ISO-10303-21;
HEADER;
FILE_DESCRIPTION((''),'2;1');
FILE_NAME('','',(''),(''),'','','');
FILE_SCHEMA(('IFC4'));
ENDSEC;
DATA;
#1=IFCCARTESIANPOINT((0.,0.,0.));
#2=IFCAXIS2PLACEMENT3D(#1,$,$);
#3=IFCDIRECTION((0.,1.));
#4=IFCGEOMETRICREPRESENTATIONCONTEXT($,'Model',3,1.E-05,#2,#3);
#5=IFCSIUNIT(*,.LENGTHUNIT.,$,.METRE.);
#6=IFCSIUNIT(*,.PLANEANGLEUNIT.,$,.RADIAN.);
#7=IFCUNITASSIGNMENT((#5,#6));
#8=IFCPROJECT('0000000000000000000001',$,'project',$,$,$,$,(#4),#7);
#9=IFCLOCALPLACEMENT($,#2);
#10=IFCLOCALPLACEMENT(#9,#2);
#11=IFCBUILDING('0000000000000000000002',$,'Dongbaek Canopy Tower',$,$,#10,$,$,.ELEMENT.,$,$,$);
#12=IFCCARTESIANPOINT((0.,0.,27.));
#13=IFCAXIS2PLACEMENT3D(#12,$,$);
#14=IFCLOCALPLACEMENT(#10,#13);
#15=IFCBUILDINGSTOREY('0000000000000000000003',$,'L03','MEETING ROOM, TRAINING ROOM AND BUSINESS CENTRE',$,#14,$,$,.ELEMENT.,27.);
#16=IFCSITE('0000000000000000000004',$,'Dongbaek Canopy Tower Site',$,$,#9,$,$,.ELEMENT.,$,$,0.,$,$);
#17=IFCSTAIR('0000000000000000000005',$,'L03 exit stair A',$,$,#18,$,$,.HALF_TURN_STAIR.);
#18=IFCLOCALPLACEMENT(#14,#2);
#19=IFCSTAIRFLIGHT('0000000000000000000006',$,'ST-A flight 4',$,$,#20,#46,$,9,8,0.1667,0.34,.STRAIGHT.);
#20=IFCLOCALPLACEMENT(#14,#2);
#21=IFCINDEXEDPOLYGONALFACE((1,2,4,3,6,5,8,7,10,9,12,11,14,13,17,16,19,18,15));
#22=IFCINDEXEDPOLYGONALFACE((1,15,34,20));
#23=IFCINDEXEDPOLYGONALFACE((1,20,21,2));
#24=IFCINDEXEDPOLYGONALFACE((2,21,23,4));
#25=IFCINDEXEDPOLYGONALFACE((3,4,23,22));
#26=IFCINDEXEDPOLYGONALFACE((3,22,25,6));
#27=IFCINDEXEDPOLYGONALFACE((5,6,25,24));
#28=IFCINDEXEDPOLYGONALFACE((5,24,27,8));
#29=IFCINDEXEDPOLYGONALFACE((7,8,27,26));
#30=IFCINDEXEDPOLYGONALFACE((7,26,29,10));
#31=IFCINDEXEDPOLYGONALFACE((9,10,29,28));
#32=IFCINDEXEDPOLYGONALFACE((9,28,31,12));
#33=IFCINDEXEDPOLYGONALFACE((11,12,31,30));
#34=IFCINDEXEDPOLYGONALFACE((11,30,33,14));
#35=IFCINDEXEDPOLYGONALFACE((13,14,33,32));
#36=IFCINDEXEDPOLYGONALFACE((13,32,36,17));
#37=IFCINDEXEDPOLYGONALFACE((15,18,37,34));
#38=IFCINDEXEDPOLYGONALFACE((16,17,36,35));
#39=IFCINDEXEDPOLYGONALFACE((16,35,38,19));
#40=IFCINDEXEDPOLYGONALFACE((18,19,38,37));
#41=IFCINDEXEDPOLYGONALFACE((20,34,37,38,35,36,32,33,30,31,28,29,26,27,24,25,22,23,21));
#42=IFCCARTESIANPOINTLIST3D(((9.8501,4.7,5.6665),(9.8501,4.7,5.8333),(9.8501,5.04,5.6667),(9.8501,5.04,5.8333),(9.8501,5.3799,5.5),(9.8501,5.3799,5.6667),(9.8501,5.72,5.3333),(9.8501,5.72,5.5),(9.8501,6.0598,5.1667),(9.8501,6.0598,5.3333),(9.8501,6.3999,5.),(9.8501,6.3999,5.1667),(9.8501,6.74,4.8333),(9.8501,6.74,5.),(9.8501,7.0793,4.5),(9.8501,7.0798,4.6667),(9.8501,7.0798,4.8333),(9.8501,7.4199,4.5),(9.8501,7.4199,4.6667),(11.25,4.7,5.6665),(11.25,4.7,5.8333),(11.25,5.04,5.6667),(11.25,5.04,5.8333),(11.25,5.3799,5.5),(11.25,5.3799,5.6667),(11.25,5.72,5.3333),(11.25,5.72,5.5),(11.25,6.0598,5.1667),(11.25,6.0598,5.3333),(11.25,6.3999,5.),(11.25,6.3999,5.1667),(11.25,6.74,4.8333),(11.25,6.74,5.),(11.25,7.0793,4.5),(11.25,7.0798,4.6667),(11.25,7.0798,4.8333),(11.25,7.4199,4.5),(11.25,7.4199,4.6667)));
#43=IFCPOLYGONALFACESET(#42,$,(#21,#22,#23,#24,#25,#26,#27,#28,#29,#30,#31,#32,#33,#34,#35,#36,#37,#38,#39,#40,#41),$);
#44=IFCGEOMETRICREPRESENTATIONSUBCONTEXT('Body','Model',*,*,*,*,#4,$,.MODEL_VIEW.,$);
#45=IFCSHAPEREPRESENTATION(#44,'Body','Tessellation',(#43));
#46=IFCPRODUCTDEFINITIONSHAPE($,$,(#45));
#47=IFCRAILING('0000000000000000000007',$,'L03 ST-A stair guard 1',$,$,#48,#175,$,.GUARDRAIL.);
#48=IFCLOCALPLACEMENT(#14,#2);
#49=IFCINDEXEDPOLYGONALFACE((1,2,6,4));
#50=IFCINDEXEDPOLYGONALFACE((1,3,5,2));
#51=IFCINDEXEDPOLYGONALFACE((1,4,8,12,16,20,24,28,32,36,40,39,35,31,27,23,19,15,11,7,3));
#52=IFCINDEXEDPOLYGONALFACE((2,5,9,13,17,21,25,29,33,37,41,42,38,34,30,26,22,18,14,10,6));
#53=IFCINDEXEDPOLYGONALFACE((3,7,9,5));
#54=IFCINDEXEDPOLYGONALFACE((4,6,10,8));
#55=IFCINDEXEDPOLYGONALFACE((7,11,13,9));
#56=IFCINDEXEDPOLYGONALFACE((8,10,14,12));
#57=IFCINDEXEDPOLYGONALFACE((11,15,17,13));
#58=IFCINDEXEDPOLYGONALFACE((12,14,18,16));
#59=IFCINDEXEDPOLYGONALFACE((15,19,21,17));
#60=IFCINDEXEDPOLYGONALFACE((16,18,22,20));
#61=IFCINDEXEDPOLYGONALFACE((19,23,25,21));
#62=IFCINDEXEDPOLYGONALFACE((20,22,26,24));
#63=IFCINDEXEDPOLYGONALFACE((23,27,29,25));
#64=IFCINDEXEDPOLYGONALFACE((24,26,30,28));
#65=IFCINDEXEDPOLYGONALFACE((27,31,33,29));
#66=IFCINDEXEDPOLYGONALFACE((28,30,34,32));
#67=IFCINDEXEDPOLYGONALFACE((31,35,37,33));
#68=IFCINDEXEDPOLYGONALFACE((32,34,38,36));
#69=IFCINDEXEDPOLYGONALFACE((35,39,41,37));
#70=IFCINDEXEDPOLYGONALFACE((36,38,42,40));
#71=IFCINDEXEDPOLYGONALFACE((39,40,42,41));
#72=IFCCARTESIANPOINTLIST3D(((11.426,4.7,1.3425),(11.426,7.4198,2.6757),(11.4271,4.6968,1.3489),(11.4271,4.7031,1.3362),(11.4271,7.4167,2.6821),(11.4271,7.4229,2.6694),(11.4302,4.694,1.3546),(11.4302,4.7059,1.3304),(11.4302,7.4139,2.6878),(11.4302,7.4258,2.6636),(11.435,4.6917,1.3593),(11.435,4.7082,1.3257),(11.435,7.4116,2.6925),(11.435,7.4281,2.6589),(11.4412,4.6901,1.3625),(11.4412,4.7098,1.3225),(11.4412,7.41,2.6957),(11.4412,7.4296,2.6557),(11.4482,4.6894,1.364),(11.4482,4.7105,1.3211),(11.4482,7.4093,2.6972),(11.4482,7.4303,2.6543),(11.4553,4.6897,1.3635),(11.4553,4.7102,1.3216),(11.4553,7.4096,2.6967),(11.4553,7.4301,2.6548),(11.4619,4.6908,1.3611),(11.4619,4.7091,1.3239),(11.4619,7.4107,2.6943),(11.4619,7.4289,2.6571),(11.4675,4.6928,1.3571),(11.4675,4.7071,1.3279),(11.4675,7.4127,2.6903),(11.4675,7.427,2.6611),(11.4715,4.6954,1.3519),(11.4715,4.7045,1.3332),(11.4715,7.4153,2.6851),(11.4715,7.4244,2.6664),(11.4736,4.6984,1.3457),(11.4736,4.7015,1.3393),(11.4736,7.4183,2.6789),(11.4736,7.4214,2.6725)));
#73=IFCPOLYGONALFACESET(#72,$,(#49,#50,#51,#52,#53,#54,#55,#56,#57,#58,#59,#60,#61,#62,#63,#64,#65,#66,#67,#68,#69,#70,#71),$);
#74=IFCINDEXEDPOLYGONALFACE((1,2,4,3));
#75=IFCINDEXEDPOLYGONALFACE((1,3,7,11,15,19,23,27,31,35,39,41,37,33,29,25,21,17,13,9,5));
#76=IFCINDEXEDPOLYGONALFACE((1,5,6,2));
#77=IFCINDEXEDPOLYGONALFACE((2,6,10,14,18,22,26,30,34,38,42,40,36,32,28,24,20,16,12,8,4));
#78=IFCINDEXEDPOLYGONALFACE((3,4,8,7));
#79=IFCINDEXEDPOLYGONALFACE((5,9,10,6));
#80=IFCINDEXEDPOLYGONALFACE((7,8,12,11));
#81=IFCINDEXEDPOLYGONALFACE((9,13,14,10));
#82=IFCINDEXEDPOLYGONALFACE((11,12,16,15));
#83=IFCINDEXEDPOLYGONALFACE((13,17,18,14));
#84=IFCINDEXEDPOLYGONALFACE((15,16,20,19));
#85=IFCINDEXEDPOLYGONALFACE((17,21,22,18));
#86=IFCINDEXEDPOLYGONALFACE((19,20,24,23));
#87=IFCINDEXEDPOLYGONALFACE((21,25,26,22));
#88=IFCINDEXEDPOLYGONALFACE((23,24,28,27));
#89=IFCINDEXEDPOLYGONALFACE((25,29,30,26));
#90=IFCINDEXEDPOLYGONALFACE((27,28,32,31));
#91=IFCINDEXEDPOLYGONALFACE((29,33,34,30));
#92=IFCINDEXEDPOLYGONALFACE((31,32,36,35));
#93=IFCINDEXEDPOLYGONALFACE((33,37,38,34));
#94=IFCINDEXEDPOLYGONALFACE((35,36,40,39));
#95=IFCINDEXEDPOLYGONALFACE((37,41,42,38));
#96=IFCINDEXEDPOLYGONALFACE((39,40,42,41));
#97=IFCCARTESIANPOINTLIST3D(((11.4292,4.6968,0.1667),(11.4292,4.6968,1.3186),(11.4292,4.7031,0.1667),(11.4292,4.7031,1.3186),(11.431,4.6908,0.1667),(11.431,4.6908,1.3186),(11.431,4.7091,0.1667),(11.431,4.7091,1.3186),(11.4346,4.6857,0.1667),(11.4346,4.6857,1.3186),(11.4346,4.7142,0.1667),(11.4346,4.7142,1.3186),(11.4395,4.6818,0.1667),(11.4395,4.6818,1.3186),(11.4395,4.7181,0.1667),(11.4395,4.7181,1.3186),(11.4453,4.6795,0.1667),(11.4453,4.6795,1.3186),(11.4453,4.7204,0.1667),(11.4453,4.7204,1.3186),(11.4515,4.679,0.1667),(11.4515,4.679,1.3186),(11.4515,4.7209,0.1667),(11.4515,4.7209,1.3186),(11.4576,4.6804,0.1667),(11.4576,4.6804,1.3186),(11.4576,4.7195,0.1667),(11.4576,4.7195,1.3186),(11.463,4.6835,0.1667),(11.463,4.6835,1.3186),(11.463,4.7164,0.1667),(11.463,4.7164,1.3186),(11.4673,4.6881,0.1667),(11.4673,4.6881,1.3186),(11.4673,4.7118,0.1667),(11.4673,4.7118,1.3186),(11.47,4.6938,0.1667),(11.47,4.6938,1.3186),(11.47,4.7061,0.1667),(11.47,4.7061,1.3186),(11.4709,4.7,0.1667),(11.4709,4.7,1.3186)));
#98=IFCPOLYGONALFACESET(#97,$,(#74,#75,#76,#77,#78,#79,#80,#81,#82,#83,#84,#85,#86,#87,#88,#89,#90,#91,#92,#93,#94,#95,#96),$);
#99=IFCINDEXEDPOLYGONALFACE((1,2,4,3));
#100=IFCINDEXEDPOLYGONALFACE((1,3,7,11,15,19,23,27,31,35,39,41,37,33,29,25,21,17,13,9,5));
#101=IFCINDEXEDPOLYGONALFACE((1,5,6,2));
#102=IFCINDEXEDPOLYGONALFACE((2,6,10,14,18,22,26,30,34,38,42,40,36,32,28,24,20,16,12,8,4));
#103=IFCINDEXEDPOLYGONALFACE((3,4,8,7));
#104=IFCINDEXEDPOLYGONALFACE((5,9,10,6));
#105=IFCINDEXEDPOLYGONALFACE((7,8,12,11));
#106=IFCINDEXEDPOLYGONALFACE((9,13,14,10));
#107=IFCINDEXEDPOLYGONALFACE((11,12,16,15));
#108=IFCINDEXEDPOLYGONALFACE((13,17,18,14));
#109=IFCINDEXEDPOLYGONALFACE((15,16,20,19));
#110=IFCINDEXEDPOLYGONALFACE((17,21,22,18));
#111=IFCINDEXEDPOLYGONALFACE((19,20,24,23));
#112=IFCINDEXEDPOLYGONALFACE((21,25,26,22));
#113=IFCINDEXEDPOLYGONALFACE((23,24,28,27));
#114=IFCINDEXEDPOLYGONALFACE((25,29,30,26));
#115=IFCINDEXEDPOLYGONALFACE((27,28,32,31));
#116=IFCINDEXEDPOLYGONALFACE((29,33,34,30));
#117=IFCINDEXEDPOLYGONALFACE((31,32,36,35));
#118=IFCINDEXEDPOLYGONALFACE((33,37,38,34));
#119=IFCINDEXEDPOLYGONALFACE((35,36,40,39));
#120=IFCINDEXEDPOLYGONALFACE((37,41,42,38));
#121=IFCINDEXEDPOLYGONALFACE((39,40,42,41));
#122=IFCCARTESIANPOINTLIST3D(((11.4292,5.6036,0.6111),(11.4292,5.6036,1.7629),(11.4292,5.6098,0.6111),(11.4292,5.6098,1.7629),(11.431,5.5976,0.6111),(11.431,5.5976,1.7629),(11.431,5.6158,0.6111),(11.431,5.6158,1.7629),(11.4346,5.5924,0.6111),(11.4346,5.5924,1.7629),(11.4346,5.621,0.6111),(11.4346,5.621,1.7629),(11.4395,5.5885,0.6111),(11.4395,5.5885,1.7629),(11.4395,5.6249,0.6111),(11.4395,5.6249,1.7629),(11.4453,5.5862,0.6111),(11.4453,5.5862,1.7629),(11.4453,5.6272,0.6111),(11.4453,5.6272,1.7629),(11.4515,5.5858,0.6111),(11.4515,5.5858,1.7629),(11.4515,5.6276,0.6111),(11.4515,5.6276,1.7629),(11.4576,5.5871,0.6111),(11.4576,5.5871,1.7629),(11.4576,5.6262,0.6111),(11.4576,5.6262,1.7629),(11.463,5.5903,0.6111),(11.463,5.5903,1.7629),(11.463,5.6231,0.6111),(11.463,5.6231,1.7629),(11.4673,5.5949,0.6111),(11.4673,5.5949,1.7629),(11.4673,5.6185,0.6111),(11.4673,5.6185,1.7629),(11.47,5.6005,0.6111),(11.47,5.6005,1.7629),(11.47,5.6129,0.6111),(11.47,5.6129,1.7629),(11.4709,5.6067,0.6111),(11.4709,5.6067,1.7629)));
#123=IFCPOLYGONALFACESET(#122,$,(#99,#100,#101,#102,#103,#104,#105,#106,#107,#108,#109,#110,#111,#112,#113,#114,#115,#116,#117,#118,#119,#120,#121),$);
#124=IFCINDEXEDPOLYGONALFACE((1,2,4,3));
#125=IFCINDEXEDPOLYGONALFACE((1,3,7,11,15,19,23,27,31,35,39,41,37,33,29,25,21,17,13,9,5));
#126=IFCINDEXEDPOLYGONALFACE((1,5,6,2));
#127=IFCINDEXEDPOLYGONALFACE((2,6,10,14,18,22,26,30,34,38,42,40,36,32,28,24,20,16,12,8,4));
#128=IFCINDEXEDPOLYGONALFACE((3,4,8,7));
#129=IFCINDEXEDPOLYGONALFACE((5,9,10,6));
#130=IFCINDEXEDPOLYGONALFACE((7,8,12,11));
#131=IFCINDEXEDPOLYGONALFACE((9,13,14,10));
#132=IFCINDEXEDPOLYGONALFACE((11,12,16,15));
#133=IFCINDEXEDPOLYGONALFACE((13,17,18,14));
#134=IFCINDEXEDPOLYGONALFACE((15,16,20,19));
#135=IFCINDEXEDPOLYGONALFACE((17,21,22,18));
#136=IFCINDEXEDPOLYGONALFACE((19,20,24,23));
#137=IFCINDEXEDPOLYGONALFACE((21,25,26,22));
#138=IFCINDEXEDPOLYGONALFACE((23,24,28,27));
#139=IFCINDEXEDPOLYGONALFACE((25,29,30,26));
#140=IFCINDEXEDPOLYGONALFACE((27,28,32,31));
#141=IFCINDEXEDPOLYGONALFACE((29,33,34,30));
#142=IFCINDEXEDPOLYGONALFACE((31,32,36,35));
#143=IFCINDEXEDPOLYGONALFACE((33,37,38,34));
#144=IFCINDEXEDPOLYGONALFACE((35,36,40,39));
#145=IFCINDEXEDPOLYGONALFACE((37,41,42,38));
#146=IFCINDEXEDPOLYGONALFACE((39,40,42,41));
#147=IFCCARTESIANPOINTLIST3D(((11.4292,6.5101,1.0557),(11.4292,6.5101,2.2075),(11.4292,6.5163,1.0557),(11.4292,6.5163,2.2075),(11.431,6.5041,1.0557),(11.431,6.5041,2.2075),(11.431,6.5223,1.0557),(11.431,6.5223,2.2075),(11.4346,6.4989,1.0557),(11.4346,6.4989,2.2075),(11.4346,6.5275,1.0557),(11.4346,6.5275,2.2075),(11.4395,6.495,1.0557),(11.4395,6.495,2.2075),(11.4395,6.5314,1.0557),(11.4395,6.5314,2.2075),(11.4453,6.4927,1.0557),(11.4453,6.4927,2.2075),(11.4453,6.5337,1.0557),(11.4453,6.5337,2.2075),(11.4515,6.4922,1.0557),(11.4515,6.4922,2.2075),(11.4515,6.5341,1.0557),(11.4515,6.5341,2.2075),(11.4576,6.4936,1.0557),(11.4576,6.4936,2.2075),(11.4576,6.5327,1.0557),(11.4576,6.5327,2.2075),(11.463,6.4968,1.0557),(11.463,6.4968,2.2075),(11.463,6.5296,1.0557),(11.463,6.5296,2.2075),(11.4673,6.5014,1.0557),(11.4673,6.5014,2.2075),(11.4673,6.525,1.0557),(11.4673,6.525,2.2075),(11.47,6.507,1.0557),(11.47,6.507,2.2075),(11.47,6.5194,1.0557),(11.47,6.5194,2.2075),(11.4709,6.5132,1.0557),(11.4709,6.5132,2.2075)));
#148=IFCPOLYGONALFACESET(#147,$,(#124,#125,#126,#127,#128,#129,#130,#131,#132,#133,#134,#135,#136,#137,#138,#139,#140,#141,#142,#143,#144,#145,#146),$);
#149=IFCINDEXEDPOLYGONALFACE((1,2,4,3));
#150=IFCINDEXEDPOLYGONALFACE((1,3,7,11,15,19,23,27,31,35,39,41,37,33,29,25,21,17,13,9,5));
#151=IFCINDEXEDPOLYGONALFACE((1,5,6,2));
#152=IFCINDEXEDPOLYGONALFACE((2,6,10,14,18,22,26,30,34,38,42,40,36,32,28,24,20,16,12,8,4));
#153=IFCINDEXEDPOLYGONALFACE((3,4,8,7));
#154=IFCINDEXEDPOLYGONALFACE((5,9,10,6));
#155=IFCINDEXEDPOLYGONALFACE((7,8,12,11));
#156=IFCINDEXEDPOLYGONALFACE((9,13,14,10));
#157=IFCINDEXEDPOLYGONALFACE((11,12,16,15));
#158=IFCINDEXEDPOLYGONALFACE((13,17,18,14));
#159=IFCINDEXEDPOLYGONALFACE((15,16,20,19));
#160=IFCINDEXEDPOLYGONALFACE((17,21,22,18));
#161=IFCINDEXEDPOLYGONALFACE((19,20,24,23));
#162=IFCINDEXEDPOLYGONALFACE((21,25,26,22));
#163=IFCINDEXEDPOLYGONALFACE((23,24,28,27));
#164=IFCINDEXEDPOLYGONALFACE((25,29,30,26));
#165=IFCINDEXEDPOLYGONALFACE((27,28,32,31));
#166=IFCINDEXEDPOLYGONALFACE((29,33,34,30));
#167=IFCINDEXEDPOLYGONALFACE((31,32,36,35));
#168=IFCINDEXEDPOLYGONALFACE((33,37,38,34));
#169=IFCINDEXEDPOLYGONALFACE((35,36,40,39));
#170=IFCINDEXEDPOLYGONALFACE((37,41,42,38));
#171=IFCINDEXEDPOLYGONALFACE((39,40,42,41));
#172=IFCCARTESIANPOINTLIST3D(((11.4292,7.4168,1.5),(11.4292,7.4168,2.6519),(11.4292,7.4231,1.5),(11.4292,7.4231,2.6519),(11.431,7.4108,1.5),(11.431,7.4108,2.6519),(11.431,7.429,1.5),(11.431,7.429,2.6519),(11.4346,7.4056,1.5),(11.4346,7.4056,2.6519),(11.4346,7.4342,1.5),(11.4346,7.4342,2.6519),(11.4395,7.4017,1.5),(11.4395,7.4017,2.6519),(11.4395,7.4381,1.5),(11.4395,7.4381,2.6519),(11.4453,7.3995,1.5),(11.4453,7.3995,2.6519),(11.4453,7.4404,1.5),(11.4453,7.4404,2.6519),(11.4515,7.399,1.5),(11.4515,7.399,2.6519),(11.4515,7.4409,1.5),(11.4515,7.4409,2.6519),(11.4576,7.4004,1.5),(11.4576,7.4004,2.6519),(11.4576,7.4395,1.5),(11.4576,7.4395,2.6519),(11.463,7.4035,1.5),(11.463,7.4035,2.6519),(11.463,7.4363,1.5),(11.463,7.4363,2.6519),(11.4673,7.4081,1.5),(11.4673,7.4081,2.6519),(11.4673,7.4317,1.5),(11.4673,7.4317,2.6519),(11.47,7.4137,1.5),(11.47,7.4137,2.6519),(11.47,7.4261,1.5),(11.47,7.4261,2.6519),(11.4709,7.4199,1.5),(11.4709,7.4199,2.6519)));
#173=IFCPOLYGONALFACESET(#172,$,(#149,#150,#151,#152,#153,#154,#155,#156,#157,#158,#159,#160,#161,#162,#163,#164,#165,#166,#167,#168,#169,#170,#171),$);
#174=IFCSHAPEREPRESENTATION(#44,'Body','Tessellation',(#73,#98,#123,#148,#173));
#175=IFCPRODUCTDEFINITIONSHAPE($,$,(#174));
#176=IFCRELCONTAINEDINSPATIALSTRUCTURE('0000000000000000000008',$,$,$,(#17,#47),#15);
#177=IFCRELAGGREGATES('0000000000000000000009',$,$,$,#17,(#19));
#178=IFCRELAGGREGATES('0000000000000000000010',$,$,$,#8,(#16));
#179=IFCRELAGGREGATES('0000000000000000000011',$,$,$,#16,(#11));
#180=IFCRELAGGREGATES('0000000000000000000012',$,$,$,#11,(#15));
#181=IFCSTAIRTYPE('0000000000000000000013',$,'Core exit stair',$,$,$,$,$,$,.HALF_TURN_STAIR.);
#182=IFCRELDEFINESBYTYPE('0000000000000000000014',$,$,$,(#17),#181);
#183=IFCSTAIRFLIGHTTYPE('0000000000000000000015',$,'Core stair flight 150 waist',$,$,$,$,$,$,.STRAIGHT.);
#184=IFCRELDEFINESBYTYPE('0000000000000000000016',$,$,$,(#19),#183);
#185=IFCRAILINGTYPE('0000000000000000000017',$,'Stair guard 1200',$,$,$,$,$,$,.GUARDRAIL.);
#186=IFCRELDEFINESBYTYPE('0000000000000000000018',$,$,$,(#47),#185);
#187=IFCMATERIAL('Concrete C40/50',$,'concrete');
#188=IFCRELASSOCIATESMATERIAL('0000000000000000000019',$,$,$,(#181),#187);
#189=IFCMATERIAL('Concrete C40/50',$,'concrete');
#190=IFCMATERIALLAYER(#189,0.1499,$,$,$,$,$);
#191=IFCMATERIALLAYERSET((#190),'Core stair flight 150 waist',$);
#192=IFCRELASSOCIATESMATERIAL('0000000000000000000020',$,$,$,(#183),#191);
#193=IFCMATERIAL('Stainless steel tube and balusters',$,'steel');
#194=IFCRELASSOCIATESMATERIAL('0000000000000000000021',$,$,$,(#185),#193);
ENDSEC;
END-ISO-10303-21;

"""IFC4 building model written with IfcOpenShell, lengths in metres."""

from ifc_helpers import new_model, si_unit, direction, frame, origin, origin_2d, place, context, subcontext, project, spatial, polyline, circle, outline, extrude, material, layer, layer_set, type_object, element, aggregate, save


model = new_model("IFC4")

# Units and contexts
model_context = context("Model", 3, precision=1e-05, world=origin(), true_north=direction((0.0, 1.0)))
body_context = subcontext(model_context, "Body", "Model", "MODEL_VIEW")
ifc_project = project(units=[si_unit("LENGTHUNIT", "METRE"), si_unit("PLANEANGLEUNIT", "RADIAN")], contexts=[model_context])

# Site, building, storey
site_placement = place(None, origin())
site = spatial("IfcSite", under=ifc_project, at=site_placement, Name="Dongbaek Canopy Tower Site", CompositionType="ELEMENT", RefElevation=0.0)
building_placement = place(site_placement, origin())
building = spatial("IfcBuilding", under=site, at=building_placement, Name="Dongbaek Canopy Tower", CompositionType="ELEMENT")
storey_placement = place(building_placement, frame((0.0, 0.0, 27.0)))
storey = spatial("IfcBuildingStorey", under=building, at=storey_placement, Name="L03", Description="MEETING ROOM, TRAINING ROOM AND BUSINESS CENTRE", CompositionType="ELEMENT", Elevation=27.0)

# Stair, stair flight
ifc_material_1 = material(Name="Concrete C40/50", Category="concrete")
stair_type = type_object("IfcStairType", Name="Core exit stair", PredefinedType="HALF_TURN_STAIR", material=ifc_material_1)
stair_placement = place(storey_placement, origin())
stair = element("IfcStair", 1, at=stair_placement, inside=storey, type_object=stair_type, Name="L03 exit stair A", PredefinedType="HALF_TURN_STAIR")
ifc_material_2 = material(Name="Concrete C40/50", Category="concrete")
ifc_layer_1 = layer(ifc_material_2, 0.1499)
ifc_layer_set_1 = layer_set([ifc_layer_1], Name="Core stair flight 150 waist")
stair_flight_type = type_object("IfcStairFlightType", Name="Core stair flight 150 waist", PredefinedType="STRAIGHT", material=ifc_layer_set_1)
stair_flight_1_placement = place(storey_placement, frame((10.55, 7.4199, 4.5), z_axis=(0.0, 0.0, 1.0), x_axis=(0.0, -1.0, 0.0)))
stair_flight_1 = element("IfcStairFlight", 2, at=stair_flight_1_placement, type_object=stair_flight_type, Name="ST-A flight 4", NumberOfRisers=9, NumberOfTreads=8, PredefinedType="STRAIGHT", RiserHeight=0.1667, TreadLength=0.34, context=body_context, shape_type="SweptSolid", body=[
    extrude(outline(polyline([(0.0, 0.0), (0.0, 0.1667), (0.3401, 0.1667), (0.3401, 0.3333), (0.6799, 0.3333), (0.6799, 0.5), (1.02, 0.5), (1.02, 0.6667), (1.3601, 0.6667), (1.3601, 0.8333), (1.7, 0.8333), (1.7, 1.0), (2.04, 1.0), (2.04, 1.1667), (2.3799, 1.1667), (2.3799, 1.3333), (2.72, 1.3333), (2.72, 1.5), (2.72, 1.1665), (0.3406, 0.0), (0.0, 0.0)])), frame((0.0, 0.7, 0.0), z_axis=(0.0, -1.0, 0.0), x_axis=(1.0, 0.0, 0.0)), (0.0, 0.0, 1.0), 1.3999),
])
aggregate(stair, [stair_flight_1])

# Railing
ifc_material_3 = material(Name="Stainless steel tube and balusters", Category="steel")
railing_type_1 = type_object("IfcRailingType", Name="Stair guard 1200", PredefinedType="GUARDRAIL", material=ifc_material_3)
railing_1_placement = place(storey_placement, frame((11.45, 4.7, 0.1667)))
element("IfcRailing", 3, at=railing_1_placement, inside=storey, type_object=railing_type_1, Name="L03 ST-A stair guard 1", PredefinedType="GUARDRAIL", context=body_context, shape_type="SweptSolid", body=[
    extrude(circle(Radius=0.0239, at=origin_2d()), frame((0.0, 0.0, 1.1758), z_axis=(0.0, 0.897929, 0.440139), x_axis=(-1.0, 0.0, 0.0)), (0.0, 0.0, 1.0), 3.0291),
    extrude(circle(Radius=0.021, at=origin_2d()), origin(), (0.0, 0.0, 1.0), 1.1519),
    extrude(circle(Radius=0.021, at=origin_2d()), frame((0.0, 0.9067, 0.4443)), (0.0, 0.0, 1.0), 1.1519),
    extrude(circle(Radius=0.021, at=origin_2d()), frame((0.0, 1.8132, 0.8889)), (0.0, 0.0, 1.0), 1.1519),
    extrude(circle(Radius=0.021, at=origin_2d()), frame((0.0, 2.72, 1.3333)), (0.0, 0.0, 1.0), 1.1519),
])

save(model, "model.ifc")
